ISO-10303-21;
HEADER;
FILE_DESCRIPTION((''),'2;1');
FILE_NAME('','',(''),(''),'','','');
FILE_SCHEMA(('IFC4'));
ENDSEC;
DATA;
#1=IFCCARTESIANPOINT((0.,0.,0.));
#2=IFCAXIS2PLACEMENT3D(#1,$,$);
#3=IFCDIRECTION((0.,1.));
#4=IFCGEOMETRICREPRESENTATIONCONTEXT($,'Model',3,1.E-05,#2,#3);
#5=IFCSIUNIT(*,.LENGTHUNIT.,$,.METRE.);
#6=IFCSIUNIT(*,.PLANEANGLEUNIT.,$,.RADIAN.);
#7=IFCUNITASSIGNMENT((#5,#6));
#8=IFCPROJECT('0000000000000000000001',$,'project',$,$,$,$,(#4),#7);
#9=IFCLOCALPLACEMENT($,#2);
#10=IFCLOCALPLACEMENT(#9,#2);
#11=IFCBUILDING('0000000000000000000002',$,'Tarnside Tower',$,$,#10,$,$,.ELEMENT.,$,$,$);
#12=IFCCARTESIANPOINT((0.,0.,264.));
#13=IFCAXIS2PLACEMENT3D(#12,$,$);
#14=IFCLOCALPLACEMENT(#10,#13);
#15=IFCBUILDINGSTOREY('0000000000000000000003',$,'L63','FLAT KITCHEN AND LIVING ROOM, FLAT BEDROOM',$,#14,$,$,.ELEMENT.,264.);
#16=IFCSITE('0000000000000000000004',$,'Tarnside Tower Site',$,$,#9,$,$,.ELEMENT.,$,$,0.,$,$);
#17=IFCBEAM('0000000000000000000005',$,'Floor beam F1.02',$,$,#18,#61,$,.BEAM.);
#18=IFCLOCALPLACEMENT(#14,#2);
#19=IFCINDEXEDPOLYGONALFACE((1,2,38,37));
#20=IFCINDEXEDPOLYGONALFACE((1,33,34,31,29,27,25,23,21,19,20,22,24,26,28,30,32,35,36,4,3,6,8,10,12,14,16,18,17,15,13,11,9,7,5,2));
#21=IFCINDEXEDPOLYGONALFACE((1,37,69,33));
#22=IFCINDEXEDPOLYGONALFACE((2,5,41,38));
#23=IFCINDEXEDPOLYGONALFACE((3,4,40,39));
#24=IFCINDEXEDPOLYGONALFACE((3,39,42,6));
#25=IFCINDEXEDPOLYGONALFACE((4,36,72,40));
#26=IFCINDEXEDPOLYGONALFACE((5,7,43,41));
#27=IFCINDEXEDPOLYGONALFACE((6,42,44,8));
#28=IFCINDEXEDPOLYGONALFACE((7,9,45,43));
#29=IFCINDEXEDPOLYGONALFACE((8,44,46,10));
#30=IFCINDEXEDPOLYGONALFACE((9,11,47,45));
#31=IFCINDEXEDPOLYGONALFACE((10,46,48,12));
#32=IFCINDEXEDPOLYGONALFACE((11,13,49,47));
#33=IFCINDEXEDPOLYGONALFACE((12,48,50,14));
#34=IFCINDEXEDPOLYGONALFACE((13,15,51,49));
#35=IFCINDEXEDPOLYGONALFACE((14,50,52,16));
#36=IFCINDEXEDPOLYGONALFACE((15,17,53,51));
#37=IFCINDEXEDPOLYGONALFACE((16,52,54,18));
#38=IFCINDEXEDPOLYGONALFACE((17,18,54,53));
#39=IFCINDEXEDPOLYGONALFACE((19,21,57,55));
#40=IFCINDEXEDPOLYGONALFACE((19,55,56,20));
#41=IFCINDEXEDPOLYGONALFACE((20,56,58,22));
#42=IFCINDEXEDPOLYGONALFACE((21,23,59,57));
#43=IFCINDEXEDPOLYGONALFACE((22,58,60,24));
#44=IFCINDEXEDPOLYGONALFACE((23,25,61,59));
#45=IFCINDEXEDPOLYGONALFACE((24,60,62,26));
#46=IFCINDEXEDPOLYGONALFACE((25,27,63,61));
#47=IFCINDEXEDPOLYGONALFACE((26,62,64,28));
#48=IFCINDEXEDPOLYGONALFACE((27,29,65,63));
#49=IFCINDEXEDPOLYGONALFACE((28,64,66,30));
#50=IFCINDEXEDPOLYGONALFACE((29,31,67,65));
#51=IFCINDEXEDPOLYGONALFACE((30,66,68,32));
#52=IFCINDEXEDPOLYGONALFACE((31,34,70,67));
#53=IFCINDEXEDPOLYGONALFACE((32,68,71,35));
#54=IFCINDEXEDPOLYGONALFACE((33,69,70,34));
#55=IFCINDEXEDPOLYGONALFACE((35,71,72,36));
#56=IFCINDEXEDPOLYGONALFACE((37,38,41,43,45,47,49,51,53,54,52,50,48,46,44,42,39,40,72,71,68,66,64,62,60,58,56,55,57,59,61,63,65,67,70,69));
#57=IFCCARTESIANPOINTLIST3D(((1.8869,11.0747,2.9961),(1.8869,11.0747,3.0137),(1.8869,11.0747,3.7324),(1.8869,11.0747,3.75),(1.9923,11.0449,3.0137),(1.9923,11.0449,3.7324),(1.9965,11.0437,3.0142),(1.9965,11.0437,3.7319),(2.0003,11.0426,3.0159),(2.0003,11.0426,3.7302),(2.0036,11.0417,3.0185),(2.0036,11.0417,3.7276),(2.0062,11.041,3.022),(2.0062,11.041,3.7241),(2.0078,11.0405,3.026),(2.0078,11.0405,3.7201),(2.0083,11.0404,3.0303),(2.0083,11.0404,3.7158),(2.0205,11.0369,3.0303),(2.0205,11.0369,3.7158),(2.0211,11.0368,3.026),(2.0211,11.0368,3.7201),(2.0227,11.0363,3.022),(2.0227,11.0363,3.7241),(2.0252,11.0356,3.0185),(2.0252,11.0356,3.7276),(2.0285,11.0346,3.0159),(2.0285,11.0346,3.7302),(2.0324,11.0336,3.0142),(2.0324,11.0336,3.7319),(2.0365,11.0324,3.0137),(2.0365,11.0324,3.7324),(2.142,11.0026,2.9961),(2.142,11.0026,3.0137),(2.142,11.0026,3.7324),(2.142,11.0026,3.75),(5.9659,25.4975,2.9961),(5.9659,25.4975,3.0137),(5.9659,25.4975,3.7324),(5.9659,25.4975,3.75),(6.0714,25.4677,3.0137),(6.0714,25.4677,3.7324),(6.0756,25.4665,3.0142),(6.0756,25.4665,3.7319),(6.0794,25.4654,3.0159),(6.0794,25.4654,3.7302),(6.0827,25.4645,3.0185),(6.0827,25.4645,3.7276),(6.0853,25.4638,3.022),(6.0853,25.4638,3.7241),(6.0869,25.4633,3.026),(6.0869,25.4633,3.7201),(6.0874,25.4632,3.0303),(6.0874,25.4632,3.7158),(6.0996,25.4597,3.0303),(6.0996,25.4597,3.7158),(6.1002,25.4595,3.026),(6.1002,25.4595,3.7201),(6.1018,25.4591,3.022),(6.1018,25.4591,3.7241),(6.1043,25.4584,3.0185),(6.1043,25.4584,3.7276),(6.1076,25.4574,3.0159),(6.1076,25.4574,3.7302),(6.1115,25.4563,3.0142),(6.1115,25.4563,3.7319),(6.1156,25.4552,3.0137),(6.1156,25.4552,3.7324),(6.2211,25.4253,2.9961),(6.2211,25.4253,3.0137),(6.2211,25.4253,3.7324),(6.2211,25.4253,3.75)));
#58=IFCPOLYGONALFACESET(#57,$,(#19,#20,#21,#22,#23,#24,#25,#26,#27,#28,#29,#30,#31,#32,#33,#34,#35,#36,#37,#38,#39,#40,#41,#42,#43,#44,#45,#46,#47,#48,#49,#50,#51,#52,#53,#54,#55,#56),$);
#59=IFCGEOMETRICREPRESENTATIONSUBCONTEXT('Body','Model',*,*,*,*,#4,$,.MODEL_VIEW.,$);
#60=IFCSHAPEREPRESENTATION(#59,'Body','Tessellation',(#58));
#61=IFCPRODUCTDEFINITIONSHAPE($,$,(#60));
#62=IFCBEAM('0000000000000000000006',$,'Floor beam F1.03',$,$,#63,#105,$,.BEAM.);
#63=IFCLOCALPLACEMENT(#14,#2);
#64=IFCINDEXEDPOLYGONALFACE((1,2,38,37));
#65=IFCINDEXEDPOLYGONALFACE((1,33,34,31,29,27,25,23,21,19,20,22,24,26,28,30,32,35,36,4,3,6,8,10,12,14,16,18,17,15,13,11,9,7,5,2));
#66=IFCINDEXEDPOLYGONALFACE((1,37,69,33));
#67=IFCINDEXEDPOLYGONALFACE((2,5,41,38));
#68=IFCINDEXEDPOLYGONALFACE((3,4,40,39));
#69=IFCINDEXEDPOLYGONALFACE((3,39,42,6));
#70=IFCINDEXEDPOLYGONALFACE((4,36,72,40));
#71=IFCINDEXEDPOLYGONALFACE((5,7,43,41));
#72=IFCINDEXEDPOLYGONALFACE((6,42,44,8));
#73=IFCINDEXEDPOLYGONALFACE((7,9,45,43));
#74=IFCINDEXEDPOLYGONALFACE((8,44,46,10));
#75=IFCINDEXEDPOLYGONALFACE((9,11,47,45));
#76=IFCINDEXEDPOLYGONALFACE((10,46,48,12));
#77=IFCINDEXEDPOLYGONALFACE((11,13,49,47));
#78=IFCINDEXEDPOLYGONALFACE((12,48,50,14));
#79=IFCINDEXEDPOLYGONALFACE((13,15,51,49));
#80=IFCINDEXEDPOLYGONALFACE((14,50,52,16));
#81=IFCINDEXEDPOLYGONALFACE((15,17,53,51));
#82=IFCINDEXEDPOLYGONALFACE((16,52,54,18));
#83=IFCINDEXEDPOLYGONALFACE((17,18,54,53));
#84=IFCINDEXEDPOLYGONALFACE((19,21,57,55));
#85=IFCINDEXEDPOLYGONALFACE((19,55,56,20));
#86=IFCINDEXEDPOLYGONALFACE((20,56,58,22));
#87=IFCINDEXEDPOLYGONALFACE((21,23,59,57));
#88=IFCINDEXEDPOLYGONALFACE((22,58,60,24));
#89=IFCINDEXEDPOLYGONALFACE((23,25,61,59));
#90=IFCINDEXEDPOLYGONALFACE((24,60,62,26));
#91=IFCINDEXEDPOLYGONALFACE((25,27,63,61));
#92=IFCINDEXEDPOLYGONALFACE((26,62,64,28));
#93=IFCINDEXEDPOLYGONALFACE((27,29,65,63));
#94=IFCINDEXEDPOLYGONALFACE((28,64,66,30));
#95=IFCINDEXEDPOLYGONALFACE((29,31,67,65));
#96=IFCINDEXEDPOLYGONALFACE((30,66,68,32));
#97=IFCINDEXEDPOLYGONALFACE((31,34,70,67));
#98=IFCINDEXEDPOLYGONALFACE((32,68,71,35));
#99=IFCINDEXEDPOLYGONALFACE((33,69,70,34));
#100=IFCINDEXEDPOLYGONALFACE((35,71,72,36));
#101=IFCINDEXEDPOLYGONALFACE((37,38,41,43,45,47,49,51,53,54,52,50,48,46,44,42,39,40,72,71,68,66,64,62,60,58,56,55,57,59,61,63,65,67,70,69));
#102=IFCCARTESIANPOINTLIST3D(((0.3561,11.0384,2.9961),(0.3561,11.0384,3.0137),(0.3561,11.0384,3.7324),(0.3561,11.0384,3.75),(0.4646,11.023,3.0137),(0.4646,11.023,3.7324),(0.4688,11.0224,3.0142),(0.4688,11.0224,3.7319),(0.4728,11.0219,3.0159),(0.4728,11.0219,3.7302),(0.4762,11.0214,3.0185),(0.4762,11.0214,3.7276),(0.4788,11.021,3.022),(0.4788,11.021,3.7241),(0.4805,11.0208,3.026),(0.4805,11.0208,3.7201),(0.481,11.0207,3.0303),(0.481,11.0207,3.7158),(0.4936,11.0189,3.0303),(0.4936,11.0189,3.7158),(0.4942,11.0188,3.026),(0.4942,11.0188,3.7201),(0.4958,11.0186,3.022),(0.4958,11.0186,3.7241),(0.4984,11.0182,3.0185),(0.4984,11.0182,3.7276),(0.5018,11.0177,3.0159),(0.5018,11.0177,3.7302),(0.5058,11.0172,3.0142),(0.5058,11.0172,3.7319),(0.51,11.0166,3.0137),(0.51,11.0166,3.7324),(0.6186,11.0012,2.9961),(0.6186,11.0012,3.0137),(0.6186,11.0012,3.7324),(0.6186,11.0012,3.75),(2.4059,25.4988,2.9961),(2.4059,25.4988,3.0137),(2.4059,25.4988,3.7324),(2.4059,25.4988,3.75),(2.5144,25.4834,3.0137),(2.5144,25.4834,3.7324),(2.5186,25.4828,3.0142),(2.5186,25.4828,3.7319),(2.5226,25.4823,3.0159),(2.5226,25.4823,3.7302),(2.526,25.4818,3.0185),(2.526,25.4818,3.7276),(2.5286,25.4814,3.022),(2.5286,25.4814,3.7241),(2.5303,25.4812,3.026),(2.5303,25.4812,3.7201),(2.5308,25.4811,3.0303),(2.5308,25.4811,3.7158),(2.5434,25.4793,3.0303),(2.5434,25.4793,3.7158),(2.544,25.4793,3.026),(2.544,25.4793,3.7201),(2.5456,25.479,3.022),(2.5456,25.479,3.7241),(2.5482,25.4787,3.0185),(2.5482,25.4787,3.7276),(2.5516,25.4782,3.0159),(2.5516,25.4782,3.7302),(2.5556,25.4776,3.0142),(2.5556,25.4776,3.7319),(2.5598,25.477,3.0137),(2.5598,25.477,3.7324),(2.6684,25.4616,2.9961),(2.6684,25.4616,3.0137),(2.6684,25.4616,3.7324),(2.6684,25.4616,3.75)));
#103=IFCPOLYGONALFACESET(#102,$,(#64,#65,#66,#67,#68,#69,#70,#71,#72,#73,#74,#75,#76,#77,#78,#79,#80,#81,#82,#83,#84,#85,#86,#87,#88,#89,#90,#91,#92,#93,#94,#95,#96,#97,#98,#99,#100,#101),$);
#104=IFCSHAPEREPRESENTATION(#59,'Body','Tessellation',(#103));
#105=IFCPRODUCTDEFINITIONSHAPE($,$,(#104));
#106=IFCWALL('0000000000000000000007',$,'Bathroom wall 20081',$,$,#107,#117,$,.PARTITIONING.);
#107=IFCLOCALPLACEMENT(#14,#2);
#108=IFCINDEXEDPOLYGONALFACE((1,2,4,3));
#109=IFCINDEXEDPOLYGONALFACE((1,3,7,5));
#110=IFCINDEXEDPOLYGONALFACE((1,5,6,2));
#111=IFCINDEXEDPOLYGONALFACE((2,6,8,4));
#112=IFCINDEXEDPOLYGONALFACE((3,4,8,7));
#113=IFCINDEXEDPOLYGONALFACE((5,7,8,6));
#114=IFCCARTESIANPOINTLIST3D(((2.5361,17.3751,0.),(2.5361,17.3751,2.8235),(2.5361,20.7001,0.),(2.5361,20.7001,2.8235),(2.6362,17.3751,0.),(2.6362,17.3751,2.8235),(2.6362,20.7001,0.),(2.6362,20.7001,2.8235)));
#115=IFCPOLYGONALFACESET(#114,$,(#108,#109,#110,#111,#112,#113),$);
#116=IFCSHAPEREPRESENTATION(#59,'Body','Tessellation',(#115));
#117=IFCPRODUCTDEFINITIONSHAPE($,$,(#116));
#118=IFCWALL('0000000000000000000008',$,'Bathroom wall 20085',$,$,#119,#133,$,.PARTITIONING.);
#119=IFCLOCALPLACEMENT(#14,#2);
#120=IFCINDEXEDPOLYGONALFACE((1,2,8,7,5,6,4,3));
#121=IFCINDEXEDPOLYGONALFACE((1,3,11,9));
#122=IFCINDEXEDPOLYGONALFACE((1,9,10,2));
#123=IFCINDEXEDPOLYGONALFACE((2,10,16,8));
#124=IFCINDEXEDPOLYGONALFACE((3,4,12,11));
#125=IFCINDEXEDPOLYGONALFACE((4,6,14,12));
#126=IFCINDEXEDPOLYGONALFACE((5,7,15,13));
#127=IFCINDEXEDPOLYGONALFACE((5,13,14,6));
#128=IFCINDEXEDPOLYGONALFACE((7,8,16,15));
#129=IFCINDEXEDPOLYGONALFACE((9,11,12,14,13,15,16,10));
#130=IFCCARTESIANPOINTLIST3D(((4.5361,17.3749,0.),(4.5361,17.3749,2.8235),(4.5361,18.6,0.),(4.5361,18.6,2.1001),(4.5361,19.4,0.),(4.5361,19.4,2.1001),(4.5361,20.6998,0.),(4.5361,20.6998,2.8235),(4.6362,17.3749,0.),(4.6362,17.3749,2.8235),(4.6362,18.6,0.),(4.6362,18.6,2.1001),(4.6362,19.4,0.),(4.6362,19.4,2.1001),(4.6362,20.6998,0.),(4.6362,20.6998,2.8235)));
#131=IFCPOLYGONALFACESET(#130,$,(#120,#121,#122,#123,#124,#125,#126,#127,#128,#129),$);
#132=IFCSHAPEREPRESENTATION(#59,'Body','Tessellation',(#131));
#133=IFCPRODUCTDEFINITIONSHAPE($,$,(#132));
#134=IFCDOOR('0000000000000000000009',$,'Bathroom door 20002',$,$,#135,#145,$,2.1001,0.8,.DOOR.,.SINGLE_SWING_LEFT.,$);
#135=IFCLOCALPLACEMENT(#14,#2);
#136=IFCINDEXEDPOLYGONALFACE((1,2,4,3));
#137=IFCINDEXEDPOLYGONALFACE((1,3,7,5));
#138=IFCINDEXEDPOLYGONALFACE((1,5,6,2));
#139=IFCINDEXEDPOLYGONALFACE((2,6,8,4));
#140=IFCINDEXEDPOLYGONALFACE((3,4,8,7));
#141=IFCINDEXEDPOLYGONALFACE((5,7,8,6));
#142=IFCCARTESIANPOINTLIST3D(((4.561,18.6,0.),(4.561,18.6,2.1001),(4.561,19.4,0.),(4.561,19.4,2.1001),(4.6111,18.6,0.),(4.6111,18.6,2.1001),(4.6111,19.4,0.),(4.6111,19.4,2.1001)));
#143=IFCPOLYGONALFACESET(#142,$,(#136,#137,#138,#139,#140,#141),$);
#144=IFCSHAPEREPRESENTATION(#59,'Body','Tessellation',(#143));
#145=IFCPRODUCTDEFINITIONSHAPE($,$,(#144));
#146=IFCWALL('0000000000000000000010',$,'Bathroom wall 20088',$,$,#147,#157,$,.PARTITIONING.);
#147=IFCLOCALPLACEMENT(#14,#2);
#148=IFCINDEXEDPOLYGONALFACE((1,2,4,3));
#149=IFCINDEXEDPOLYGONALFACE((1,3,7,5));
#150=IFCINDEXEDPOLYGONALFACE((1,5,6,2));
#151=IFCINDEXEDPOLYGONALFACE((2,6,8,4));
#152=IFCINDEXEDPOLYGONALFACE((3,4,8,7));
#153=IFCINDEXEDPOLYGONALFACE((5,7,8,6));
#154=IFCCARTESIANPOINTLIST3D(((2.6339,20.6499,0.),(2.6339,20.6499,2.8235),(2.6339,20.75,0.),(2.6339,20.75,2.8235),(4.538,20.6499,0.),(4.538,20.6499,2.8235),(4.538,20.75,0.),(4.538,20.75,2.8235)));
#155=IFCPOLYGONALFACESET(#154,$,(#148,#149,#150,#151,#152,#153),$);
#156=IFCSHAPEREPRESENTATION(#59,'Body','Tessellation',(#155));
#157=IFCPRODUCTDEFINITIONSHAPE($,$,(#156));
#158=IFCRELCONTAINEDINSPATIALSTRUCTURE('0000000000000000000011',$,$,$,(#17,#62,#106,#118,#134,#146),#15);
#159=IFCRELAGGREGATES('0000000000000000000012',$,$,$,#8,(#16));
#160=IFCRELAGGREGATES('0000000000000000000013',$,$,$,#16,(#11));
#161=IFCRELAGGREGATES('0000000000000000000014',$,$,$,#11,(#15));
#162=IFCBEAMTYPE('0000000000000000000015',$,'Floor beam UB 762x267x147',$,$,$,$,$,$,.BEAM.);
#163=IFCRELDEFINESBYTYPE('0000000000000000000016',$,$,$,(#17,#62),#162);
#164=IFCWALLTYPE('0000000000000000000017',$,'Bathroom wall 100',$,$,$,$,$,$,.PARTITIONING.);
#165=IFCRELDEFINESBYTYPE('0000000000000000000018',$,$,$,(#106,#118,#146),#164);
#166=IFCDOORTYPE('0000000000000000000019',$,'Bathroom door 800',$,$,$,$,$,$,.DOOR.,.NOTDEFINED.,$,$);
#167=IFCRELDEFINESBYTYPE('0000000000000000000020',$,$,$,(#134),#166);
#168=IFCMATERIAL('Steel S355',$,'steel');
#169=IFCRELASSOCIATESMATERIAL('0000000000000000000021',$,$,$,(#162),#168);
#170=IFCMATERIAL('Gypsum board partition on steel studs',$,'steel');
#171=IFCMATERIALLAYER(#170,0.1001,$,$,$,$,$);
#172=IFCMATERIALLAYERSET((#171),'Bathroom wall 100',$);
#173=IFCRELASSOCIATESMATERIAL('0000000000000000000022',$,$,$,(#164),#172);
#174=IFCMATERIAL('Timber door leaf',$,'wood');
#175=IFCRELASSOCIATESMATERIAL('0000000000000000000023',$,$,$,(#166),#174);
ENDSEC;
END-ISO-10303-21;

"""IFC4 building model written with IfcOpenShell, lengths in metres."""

from ifc_helpers import new_model, si_unit, direction, frame, frame_2d, origin, origin_2d, place, context, subcontext, project, spatial, rectangle, i_section, extrude, material, layer, layer_set, material_profile, profile_set, type_object, element, fill, save


model = new_model("IFC4")

# Units and contexts
model_context = context("Model", 3, precision=1e-05, world=origin(), true_north=direction((0.0, 1.0)))
body_context = subcontext(model_context, "Body", "Model", "MODEL_VIEW")
ifc_project = project(units=[si_unit("LENGTHUNIT", "METRE"), si_unit("PLANEANGLEUNIT", "RADIAN")], contexts=[model_context])

# Site, building, storey
site_placement = place(None, origin())
site = spatial("IfcSite", under=ifc_project, at=site_placement, Name="Tarnside Tower Site", CompositionType="ELEMENT", RefElevation=0.0)
building_placement = place(site_placement, origin())
building = spatial("IfcBuilding", under=site, at=building_placement, Name="Tarnside Tower", CompositionType="ELEMENT")
storey_placement = place(building_placement, frame((0.0, 0.0, 264.0)))
storey = spatial("IfcBuildingStorey", under=building, at=storey_placement, Name="L63", Description="FLAT KITCHEN AND LIVING ROOM, FLAT BEDROOM", CompositionType="ELEMENT", Elevation=264.0)

# Beams
ifc_material_1 = material(Name="Steel S355", Category="steel")
ifc_material_profile = material_profile(ifc_material_1, i_section(OverallWidth=0.2651, OverallDepth=0.7539, WebThickness=0.0127, FlangeThickness=0.0176, FilletRadius=0.0166, at=origin_2d()), Name="UB 762x267x147")
ifc_profile_set = profile_set([ifc_material_profile], Name="Steel S355")
beam_type = type_object("IfcBeamType", Name="Floor beam UB 762x267x147", PredefinedType="BEAM", material=ifc_profile_set)
beam_1_placement = place(storey_placement, frame((6.0935, 25.4614, 3.373), z_axis=(-0.272147, -0.962256, 0.0), x_axis=(0.962256, -0.272147, 0.0)))
element("IfcBeam", 1, at=beam_1_placement, inside=storey, type_object=beam_type, Name="Floor beam F1.02", PredefinedType="BEAM", context=body_context, shape_type="SweptSolid", body=[
    extrude(i_section(OverallWidth=0.2651, OverallDepth=0.7539, WebThickness=0.0127, FlangeThickness=0.0176, FilletRadius=0.0166, at=origin_2d()), origin(), (0.0, 0.0, 1.0), 14.9885),
])
beam_2_placement = place(storey_placement, frame((2.5371, 25.4802, 3.373), z_axis=(-0.140349, -0.990102, 0.0), x_axis=(0.990102, -0.140349, 0.0)))
element("IfcBeam", 2, at=beam_2_placement, inside=storey, type_object=beam_type, Name="Floor beam F1.03", PredefinedType="BEAM", context=body_context, shape_type="SweptSolid", body=[
    extrude(i_section(OverallWidth=0.2651, OverallDepth=0.7539, WebThickness=0.0127, FlangeThickness=0.0176, FilletRadius=0.0166, at=origin_2d()), origin(), (0.0, 0.0, 1.0), 14.605),
])

# Wall
ifc_material_2 = material(Name="Gypsum board partition on steel studs", Category="steel")
ifc_layer_1 = layer(ifc_material_2, 0.1001)
ifc_layer_set_1 = layer_set([ifc_layer_1], Name="Bathroom wall 100")
wall_type_1 = type_object("IfcWallType", Name="Bathroom wall 100", PredefinedType="PARTITIONING", material=ifc_layer_set_1)
wall_1_placement = place(storey_placement, frame((2.5862, 17.375, 0.0), z_axis=(0.0, 0.0, 1.0), x_axis=(0.0, 1.0, 0.0)))
element("IfcWall", 3, at=wall_1_placement, inside=storey, type_object=wall_type_1, Name="Bathroom wall 20081", PredefinedType="PARTITIONING", context=body_context, shape_type="SweptSolid", body=[
    extrude(rectangle(XDim=3.325, YDim=0.1001, at=frame_2d((1.6626, 0.0))), origin(), (0.0, 0.0, 1.0), 2.8235),
])

# Wall, opening, door
wall_2_placement = place(storey_placement, frame((4.5862, 20.7, 0.0), z_axis=(0.0, 0.0, 1.0), x_axis=(0.0, -1.0, 0.0)))
wall_2 = element("IfcWall", 4, at=wall_2_placement, inside=storey, type_object=wall_type_1, Name="Bathroom wall 20085", PredefinedType="PARTITIONING", context=body_context, shape_type="SweptSolid", body=[
    extrude(rectangle(XDim=3.325, YDim=0.1001, at=frame_2d((1.6626, 0.0))), origin(), (0.0, 0.0, 1.0), 2.8235),
])
opening_1_placement = place(wall_2_placement, frame((1.3, 0.0, 0.0)))
opening_1 = element("IfcOpeningElement", 5, at=opening_1_placement, cuts=wall_2, PredefinedType="OPENING", context=body_context, shape_type="SweptSolid", body=[
    extrude(rectangle(XDim=0.8, YDim=2.1001, at=frame_2d((0.3999, 1.05))), frame((0.0, 0.0601, 0.0), z_axis=(0.0, -1.0, 0.0), x_axis=(1.0, 0.0, 0.0)), (0.0, 0.0, 1.0), 0.1201),
])
ifc_material_3 = material(Name="Timber door leaf", Category="wood")
door_type_1 = type_object("IfcDoorType", Name="Bathroom door 800", OperationType="NOTDEFINED", PredefinedType="DOOR", material=ifc_material_3)
door_1_placement = place(opening_1_placement, origin())
door_1 = element("IfcDoor", 6, at=door_1_placement, inside=storey, type_object=door_type_1, Name="Bathroom door 20002", OperationType="SINGLE_SWING_LEFT", OverallHeight=2.1001, OverallWidth=0.8, PredefinedType="DOOR", context=body_context, shape_type="SweptSolid", body=[
    extrude(rectangle(XDim=0.8, YDim=2.1001, at=frame_2d((0.3999, 1.05))), frame((0.0, 0.0249, 0.0), z_axis=(0.0, -1.0, 0.0), x_axis=(1.0, 0.0, 0.0)), (0.0, 0.0, 1.0), 0.05),
])
fill(opening_1, door_1)

# Wall
wall_3_placement = place(storey_placement, frame((4.5381, 20.7, 0.0), z_axis=(0.0, 0.0, 1.0), x_axis=(-1.0, 0.0, 0.0)))
element("IfcWall", 7, at=wall_3_placement, inside=storey, type_object=wall_type_1, Name="Bathroom wall 20088", PredefinedType="PARTITIONING", context=body_context, shape_type="SweptSolid", body=[
    extrude(rectangle(XDim=1.9041, YDim=0.1001, at=frame_2d((0.9521, 0.0))), origin(), (0.0, 0.0, 1.0), 2.8235),
])

save(model, "model.ifc")
